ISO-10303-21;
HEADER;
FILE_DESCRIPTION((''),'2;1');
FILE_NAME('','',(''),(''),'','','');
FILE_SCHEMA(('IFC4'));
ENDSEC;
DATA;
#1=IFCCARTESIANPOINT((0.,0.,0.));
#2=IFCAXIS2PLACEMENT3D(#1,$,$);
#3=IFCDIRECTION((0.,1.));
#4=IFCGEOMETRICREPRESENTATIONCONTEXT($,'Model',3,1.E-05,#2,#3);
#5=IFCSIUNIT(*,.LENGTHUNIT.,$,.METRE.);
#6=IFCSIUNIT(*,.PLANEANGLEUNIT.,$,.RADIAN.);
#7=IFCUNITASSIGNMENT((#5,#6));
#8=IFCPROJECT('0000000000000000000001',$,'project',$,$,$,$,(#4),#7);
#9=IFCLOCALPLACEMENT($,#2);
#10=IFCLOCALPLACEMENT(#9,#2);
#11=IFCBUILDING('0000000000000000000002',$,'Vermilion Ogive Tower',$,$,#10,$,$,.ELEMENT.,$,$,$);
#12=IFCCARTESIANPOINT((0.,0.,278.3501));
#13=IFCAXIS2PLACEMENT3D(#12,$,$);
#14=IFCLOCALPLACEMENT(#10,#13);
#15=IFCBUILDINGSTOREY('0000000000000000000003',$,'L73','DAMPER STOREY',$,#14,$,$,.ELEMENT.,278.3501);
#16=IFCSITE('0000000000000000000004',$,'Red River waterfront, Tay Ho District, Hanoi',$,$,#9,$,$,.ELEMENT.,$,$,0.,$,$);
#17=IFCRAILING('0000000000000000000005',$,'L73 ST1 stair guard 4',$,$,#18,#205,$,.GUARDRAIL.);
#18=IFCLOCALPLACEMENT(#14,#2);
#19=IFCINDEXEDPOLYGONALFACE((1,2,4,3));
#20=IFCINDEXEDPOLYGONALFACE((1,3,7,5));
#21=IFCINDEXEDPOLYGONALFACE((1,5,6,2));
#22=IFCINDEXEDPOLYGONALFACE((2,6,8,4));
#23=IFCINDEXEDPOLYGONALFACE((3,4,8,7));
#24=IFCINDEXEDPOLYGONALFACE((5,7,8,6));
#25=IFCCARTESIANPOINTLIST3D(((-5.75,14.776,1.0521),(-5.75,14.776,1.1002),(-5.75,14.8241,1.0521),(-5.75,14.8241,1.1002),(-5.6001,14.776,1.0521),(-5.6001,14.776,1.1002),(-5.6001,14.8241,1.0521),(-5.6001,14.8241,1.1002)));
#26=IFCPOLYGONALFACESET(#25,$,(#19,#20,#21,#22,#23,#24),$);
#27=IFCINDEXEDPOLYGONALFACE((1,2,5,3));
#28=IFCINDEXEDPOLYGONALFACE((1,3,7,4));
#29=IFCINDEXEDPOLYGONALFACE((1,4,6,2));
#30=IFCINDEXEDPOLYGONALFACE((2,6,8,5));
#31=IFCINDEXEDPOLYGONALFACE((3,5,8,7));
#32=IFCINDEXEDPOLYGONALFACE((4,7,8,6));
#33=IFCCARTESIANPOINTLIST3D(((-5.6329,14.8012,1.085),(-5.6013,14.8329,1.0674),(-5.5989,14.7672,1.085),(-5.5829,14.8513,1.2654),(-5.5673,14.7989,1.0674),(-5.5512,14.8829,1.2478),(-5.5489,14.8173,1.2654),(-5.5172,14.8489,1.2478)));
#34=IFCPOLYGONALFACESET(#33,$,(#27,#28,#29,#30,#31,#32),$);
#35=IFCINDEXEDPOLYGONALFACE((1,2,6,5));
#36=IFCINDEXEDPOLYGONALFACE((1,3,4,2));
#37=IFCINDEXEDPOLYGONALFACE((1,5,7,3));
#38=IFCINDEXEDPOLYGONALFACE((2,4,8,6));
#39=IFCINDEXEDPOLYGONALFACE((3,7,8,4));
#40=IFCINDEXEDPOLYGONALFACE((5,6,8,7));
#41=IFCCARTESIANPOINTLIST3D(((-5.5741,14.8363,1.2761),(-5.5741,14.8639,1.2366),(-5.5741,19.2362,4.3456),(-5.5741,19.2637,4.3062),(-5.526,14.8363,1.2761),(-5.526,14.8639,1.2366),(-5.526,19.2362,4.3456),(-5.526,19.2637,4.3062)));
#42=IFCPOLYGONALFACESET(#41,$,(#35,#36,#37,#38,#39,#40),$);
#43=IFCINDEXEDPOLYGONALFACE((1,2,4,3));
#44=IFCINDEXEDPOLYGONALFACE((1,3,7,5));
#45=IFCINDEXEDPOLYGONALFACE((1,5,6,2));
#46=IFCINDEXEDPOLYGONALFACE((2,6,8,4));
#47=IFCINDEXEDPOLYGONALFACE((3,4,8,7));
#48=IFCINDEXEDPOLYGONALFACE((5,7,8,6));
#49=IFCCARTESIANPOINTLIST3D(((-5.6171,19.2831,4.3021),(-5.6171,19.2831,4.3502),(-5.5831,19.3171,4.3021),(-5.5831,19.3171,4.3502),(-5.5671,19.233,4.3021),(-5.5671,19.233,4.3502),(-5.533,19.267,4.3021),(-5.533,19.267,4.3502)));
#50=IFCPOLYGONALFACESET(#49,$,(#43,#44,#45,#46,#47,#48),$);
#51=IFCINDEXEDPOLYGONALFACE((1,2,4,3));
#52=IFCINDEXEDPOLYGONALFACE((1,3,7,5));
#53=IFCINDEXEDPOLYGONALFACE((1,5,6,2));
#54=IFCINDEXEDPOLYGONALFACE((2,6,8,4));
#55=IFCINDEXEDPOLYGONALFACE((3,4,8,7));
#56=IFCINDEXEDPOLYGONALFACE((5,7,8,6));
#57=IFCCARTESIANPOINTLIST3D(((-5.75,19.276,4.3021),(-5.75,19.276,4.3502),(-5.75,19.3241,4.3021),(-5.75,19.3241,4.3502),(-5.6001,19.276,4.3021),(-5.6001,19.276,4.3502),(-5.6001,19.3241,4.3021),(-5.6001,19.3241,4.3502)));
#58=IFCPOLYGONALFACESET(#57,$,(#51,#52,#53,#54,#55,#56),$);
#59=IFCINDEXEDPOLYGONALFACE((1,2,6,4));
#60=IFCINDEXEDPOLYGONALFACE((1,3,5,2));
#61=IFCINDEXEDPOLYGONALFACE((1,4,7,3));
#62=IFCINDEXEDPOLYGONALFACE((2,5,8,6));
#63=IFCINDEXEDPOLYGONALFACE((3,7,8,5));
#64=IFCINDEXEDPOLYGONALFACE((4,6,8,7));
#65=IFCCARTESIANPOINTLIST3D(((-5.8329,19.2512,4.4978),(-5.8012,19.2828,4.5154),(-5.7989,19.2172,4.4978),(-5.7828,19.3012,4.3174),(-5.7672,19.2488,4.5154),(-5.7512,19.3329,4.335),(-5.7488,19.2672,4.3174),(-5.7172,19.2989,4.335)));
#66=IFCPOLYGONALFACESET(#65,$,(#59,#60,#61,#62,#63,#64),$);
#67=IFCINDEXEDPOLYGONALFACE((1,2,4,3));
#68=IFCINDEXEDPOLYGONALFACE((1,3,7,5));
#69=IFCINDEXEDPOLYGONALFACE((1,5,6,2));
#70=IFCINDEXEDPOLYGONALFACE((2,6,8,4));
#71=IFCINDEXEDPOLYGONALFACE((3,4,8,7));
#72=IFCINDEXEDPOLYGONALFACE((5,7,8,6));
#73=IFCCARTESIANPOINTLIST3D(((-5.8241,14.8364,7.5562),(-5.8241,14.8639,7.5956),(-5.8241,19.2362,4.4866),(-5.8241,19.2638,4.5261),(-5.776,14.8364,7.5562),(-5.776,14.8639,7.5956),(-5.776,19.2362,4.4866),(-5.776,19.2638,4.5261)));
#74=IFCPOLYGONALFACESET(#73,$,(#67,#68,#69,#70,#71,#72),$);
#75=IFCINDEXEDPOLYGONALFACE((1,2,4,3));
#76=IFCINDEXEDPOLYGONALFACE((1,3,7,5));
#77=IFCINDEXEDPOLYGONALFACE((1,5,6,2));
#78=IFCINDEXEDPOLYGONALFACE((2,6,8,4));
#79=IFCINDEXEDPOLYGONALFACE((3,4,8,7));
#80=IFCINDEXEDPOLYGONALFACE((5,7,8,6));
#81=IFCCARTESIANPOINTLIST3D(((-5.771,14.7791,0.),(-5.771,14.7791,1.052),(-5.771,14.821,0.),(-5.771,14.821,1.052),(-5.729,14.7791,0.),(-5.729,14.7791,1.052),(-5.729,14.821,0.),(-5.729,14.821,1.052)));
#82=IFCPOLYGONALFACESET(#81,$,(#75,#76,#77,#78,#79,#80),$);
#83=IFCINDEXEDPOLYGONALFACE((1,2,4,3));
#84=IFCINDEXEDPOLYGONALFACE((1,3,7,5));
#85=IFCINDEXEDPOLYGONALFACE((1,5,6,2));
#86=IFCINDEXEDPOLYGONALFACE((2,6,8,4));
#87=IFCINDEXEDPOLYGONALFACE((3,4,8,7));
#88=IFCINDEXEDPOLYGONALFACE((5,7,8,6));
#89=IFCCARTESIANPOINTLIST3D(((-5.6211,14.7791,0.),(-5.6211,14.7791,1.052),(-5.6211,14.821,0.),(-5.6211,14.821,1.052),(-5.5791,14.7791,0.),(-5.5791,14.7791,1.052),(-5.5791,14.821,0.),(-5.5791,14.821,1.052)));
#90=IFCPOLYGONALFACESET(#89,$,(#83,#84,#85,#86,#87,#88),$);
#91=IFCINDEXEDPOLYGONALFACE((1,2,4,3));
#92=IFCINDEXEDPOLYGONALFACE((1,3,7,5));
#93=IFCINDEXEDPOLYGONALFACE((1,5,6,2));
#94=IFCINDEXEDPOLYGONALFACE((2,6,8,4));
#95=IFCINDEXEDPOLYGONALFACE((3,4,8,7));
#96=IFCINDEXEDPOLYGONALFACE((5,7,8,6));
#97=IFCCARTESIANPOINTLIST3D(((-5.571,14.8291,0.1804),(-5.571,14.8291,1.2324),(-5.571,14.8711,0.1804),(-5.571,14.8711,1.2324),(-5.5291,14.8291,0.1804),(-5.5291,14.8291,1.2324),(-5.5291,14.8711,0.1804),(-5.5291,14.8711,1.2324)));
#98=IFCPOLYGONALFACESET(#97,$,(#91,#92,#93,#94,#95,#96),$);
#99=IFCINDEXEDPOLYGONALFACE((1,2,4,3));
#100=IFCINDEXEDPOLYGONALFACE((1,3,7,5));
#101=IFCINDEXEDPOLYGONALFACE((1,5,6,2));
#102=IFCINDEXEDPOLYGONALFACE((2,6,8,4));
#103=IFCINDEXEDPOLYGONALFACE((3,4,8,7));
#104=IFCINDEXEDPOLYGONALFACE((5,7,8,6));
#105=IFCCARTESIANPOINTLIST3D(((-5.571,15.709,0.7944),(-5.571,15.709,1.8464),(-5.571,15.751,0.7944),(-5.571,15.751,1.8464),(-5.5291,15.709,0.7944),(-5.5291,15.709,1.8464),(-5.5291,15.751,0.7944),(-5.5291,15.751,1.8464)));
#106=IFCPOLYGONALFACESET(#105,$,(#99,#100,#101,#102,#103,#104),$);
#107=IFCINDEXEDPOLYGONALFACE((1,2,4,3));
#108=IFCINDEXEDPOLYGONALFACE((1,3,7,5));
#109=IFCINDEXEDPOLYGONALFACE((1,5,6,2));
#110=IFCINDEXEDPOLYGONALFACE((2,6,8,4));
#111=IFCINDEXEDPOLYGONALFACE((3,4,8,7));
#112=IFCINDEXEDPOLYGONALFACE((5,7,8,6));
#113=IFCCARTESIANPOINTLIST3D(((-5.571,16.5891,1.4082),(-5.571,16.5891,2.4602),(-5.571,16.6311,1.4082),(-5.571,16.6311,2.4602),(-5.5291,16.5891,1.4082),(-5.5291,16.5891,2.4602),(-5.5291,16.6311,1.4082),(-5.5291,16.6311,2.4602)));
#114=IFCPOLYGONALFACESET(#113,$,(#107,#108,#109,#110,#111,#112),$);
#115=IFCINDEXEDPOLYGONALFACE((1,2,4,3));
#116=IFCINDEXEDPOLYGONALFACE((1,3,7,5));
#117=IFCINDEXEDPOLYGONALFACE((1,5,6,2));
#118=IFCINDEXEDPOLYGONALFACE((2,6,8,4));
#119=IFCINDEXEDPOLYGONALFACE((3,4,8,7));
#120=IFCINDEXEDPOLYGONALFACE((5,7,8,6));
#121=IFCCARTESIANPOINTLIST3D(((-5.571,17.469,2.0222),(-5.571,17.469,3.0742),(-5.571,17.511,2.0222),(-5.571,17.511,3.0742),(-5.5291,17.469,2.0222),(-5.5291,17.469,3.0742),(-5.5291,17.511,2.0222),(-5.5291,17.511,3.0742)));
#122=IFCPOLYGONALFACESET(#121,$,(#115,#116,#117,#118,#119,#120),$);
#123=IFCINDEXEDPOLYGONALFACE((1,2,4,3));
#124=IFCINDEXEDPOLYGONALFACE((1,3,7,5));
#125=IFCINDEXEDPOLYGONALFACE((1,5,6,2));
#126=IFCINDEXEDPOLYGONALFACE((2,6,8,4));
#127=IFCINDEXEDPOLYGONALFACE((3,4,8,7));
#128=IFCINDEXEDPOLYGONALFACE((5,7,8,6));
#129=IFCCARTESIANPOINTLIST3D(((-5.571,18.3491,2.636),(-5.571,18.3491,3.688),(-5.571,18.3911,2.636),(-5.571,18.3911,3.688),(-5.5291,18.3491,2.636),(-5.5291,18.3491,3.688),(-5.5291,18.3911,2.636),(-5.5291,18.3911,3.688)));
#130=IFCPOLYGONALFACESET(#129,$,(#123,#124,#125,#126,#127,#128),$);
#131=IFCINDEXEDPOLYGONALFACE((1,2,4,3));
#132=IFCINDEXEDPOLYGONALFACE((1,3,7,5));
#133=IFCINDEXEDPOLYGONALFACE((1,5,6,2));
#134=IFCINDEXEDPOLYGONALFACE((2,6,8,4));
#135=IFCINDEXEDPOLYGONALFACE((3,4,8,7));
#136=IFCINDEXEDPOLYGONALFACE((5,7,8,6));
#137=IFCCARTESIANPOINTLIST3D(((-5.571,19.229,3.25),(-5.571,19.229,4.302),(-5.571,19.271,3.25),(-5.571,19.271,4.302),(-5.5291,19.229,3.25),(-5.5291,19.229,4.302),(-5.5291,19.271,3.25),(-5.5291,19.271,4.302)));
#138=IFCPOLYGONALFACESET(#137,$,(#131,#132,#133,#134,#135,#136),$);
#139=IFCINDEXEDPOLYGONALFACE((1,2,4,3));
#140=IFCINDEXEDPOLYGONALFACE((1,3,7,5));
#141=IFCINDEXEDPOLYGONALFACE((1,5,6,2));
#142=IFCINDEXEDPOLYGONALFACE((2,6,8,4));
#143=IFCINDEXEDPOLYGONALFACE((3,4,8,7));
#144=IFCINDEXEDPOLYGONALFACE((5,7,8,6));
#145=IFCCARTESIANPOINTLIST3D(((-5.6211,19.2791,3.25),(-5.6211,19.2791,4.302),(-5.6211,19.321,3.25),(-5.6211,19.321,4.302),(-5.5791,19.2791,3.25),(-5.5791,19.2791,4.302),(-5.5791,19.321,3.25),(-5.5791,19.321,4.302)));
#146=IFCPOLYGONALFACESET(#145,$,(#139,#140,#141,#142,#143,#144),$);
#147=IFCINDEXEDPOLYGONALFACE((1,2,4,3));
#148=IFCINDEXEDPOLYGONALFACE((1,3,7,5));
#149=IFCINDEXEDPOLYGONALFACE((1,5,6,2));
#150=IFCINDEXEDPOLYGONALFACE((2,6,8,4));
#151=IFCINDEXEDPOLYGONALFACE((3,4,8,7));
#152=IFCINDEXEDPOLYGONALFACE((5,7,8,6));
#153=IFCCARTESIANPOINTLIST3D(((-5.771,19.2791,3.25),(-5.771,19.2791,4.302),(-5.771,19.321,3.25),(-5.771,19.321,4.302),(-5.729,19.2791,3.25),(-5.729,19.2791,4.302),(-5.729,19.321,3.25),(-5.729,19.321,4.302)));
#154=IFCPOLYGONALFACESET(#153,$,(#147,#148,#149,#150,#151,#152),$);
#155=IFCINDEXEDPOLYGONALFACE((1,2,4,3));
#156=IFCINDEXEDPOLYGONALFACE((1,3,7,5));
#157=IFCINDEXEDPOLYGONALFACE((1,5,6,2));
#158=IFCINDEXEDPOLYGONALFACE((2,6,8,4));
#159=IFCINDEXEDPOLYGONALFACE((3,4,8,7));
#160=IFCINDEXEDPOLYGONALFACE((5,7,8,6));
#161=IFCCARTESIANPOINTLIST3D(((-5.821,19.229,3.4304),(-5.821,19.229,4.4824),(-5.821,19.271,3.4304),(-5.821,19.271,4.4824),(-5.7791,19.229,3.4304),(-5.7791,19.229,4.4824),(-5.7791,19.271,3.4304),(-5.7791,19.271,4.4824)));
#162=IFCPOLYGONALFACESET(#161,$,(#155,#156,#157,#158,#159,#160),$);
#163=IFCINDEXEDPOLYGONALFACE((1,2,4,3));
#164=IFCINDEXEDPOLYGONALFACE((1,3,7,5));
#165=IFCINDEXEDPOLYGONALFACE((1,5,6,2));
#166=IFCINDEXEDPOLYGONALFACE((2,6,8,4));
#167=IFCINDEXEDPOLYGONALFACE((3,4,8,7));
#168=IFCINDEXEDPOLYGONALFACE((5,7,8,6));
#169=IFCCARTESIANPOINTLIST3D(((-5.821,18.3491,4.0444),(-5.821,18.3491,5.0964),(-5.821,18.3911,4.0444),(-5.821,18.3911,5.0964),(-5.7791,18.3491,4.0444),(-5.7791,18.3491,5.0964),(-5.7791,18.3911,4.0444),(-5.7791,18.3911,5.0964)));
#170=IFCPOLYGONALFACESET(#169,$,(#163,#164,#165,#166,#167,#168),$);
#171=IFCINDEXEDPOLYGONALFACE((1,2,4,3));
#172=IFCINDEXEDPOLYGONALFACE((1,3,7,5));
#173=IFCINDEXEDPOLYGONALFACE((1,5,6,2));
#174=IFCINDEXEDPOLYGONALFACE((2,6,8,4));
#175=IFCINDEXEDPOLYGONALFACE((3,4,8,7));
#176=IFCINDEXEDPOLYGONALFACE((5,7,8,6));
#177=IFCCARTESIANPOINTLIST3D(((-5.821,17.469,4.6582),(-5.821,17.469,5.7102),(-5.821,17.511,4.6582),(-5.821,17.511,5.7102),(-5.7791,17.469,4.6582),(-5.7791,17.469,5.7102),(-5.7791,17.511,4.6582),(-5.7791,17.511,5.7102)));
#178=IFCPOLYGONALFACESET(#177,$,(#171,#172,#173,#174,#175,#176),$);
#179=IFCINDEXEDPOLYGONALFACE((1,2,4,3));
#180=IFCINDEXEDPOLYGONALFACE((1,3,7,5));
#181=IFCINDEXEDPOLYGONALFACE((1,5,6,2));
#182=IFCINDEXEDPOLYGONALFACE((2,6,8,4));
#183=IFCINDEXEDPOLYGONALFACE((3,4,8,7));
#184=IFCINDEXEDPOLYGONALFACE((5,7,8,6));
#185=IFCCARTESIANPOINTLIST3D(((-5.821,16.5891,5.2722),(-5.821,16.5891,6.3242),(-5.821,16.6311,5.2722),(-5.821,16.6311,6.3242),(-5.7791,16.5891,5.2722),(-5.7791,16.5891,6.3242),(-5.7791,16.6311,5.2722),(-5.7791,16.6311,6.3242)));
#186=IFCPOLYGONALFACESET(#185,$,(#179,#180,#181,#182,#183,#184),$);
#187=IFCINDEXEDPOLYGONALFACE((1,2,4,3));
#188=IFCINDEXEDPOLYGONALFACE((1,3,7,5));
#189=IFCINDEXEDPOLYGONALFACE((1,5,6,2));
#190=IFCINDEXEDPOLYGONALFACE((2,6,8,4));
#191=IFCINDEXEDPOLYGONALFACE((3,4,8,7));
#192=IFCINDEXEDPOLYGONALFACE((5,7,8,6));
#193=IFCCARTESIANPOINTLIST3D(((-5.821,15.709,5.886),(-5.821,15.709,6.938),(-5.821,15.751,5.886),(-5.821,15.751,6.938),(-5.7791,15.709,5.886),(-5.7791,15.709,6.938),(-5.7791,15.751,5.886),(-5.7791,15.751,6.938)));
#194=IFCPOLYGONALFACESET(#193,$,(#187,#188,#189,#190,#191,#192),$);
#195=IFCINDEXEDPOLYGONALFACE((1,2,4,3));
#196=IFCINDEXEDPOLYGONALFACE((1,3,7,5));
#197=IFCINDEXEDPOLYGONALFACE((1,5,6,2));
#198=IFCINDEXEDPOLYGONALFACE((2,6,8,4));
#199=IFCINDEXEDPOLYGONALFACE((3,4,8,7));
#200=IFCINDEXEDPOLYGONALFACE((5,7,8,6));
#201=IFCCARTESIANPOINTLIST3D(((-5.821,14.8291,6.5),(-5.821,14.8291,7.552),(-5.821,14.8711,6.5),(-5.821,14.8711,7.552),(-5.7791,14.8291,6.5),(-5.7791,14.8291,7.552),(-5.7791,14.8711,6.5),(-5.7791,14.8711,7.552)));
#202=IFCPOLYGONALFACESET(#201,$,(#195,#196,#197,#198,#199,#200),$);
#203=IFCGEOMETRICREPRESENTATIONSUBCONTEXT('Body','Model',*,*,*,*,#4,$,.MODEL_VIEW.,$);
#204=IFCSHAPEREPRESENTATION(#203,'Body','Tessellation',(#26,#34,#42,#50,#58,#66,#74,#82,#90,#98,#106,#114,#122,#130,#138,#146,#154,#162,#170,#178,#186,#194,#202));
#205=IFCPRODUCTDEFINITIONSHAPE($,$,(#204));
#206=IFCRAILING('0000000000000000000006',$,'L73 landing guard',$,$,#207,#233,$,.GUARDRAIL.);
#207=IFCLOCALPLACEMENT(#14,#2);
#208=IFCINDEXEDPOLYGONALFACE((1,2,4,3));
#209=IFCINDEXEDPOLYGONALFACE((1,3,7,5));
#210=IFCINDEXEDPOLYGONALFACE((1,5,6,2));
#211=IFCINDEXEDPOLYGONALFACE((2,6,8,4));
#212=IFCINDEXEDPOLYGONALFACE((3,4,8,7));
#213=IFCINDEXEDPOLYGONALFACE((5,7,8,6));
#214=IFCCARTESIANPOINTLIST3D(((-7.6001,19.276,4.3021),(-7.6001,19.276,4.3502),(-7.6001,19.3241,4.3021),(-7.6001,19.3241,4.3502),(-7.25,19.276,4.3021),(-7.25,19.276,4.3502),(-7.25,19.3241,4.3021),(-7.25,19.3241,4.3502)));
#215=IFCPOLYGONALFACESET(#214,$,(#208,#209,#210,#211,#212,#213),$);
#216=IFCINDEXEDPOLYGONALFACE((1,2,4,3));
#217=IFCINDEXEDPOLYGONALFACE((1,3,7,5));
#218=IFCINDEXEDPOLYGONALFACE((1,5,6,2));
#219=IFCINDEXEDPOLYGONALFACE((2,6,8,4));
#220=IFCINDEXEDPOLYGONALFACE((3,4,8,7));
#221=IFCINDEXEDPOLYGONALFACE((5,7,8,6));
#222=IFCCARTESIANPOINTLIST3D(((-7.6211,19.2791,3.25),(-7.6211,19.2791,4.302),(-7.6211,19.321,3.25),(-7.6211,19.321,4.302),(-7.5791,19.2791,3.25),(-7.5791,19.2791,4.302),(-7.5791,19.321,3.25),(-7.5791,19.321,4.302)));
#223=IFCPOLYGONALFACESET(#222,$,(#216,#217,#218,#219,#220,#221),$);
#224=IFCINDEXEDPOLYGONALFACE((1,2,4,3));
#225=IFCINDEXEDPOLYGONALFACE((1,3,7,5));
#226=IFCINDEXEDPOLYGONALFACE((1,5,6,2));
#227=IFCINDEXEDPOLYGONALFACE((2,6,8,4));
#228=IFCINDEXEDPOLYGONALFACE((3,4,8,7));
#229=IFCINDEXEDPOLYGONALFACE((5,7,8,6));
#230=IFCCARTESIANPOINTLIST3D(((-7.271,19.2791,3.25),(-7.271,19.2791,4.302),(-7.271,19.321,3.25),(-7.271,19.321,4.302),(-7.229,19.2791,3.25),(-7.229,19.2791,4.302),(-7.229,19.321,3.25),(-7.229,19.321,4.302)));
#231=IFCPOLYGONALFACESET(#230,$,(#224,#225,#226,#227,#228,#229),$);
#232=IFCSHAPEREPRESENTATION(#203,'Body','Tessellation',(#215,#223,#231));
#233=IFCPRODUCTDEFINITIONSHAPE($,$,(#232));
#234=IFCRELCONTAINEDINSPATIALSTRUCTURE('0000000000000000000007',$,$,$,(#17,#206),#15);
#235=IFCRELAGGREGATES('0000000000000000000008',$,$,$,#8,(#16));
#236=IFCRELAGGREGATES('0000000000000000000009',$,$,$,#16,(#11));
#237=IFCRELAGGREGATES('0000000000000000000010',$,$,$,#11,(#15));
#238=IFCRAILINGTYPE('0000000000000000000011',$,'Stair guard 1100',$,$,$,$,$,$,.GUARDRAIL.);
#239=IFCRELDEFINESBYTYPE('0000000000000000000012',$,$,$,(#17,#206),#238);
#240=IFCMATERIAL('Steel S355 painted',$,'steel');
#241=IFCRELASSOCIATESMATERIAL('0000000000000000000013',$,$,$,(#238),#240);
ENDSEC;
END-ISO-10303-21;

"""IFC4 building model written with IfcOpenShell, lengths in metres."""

from ifc_helpers import new_model, si_unit, direction, frame, origin, origin_2d, place, context, subcontext, project, spatial, rectangle, extrude, material, type_object, element, save


model = new_model("IFC4")

# Units and contexts
model_context = context("Model", 3, precision=1e-05, world=origin(), true_north=direction((0.0, 1.0)))
body_context = subcontext(model_context, "Body", "Model", "MODEL_VIEW")
ifc_project = project(units=[si_unit("LENGTHUNIT", "METRE"), si_unit("PLANEANGLEUNIT", "RADIAN")], contexts=[model_context])

# Site, building, storey
site_placement = place(None, origin())
site = spatial("IfcSite", under=ifc_project, at=site_placement, Name="Red River waterfront, Tay Ho District, Hanoi", CompositionType="ELEMENT", RefElevation=0.0)
building_placement = place(site_placement, origin())
building = spatial("IfcBuilding", under=site, at=building_placement, Name="Vermilion Ogive Tower", CompositionType="ELEMENT")
storey_placement = place(building_placement, frame((0.0, 0.0, 278.3501)))
storey = spatial("IfcBuildingStorey", under=building, at=storey_placement, Name="L73", Description="DAMPER STOREY", CompositionType="ELEMENT", Elevation=278.3501)

# Railings
ifc_material_1 = material(Name="Steel S355 painted", Category="steel")
railing_type_1 = type_object("IfcRailingType", Name="Stair guard 1100", PredefinedType="GUARDRAIL", material=ifc_material_1)
railing_1_placement = place(storey_placement, frame((-5.75, 14.8, 0.0)))
element("IfcRailing", 1, at=railing_1_placement, inside=storey, type_object=railing_type_1, Name="L73 ST1 stair guard 4", PredefinedType="GUARDRAIL", context=body_context, shape_type="SweptSolid", body=[
    extrude(rectangle(XDim=0.0481, YDim=0.0481, at=origin_2d()), frame((0.0, 0.0, 1.0762), z_axis=(1.0, 0.0, 0.0), x_axis=(0.0, 1.0, 0.0)), (0.0, 0.0, 1.0), 0.1499),
    extrude(rectangle(XDim=0.0481, YDim=0.0481, at=origin_2d()), frame((0.1499, 0.0, 1.0762), z_axis=(0.258241, 0.258241, 0.930926), x_axis=(-0.707107, 0.707107, 0.0)), (0.0, 0.0, 1.0), 0.1938),
    extrude(rectangle(XDim=0.0481, YDim=0.0481, at=origin_2d()), frame((0.2, 0.05, 1.2563), z_axis=(0.0, 0.820137, 0.572167), x_axis=(-1.0, 0.0, 0.0)), (0.0, 0.0, 1.0), 5.3647),
    extrude(rectangle(XDim=0.0481, YDim=0.0481, at=origin_2d()), frame((0.2, 4.45, 4.3262), z_axis=(-0.707107, 0.707107, 0.0), x_axis=(-0.707107, -0.707107, 0.0)), (0.0, 0.0, 1.0), 0.0708),
    extrude(rectangle(XDim=0.0481, YDim=0.0481, at=origin_2d()), frame((0.1499, 4.5, 4.3262), z_axis=(-1.0, 0.0, 0.0), x_axis=(0.0, -1.0, 0.0)), (0.0, 0.0, 1.0), 0.1499),
    extrude(rectangle(XDim=0.0481, YDim=0.0481, at=origin_2d()), frame((0.0, 4.5, 4.3262), z_axis=(-0.258241, -0.258241, 0.930926), x_axis=(0.707107, -0.707107, 0.0)), (0.0, 0.0, 1.0), 0.1938),
    extrude(rectangle(XDim=0.0481, YDim=0.0481, at=origin_2d()), frame((-0.05, 4.45, 4.5063), z_axis=(0.0, -0.820137, 0.572167), x_axis=(1.0, 0.0, 0.0)), (0.0, 0.0, 1.0), 5.3647),
    extrude(rectangle(XDim=0.042, YDim=0.042, at=origin_2d()), origin(), (0.0, 0.0, 1.0), 1.052),
    extrude(rectangle(XDim=0.042, YDim=0.042, at=origin_2d()), frame((0.1499, 0.0, 0.0)), (0.0, 0.0, 1.0), 1.052),
    extrude(rectangle(XDim=0.042, YDim=0.042, at=origin_2d()), frame((0.2, 0.05, 0.1804)), (0.0, 0.0, 1.0), 1.052),
    extrude(rectangle(XDim=0.042, YDim=0.042, at=origin_2d()), frame((0.2, 0.9299, 0.7944)), (0.0, 0.0, 1.0), 1.052),
    extrude(rectangle(XDim=0.042, YDim=0.042, at=origin_2d()), frame((0.2, 1.8101, 1.4082)), (0.0, 0.0, 1.0), 1.052),
    extrude(rectangle(XDim=0.042, YDim=0.042, at=origin_2d()), frame((0.2, 2.6899, 2.0222)), (0.0, 0.0, 1.0), 1.052),
    extrude(rectangle(XDim=0.042, YDim=0.042, at=origin_2d()), frame((0.2, 3.5701, 2.636)), (0.0, 0.0, 1.0), 1.052),
    extrude(rectangle(XDim=0.042, YDim=0.042, at=origin_2d()), frame((0.2, 4.45, 3.25)), (0.0, 0.0, 1.0), 1.052),
    extrude(rectangle(XDim=0.042, YDim=0.042, at=origin_2d()), frame((0.1499, 4.5, 3.25)), (0.0, 0.0, 1.0), 1.052),
    extrude(rectangle(XDim=0.042, YDim=0.042, at=origin_2d()), frame((0.0, 4.5, 3.25)), (0.0, 0.0, 1.0), 1.052),
    extrude(rectangle(XDim=0.042, YDim=0.042, at=origin_2d()), frame((-0.05, 4.45, 3.4304)), (0.0, 0.0, 1.0), 1.052),
    extrude(rectangle(XDim=0.042, YDim=0.042, at=origin_2d()), frame((-0.05, 3.5701, 4.0444)), (0.0, 0.0, 1.0), 1.052),
    extrude(rectangle(XDim=0.042, YDim=0.042, at=origin_2d()), frame((-0.05, 2.6899, 4.6582)), (0.0, 0.0, 1.0), 1.052),
    extrude(rectangle(XDim=0.042, YDim=0.042, at=origin_2d()), frame((-0.05, 1.8101, 5.2722)), (0.0, 0.0, 1.0), 1.052),
    extrude(rectangle(XDim=0.042, YDim=0.042, at=origin_2d()), frame((-0.05, 0.9299, 5.886)), (0.0, 0.0, 1.0), 1.052),
    extrude(rectangle(XDim=0.042, YDim=0.042, at=origin_2d()), frame((-0.05, 0.05, 6.5)), (0.0, 0.0, 1.0), 1.052),
])
railing_2_placement = place(storey_placement, frame((-7.6001, 19.3, 3.25)))
element("IfcRailing", 2, at=railing_2_placement, inside=storey, type_object=railing_type_1, Name="L73 landing guard", PredefinedType="GUARDRAIL", context=body_context, shape_type="SweptSolid", body=[
    extrude(rectangle(XDim=0.0481, YDim=0.0481, at=origin_2d()), frame((0.0, 0.0, 1.0762), z_axis=(1.0, 0.0, 0.0), x_axis=(0.0, 1.0, 0.0)), (0.0, 0.0, 1.0), 0.3501),
    extrude(rectangle(XDim=0.042, YDim=0.042, at=origin_2d()), origin(), (0.0, 0.0, 1.0), 1.052),
    extrude(rectangle(XDim=0.042, YDim=0.042, at=origin_2d()), frame((0.3501, 0.0, 0.0)), (0.0, 0.0, 1.0), 1.052),
])

save(model, "model.ifc")
